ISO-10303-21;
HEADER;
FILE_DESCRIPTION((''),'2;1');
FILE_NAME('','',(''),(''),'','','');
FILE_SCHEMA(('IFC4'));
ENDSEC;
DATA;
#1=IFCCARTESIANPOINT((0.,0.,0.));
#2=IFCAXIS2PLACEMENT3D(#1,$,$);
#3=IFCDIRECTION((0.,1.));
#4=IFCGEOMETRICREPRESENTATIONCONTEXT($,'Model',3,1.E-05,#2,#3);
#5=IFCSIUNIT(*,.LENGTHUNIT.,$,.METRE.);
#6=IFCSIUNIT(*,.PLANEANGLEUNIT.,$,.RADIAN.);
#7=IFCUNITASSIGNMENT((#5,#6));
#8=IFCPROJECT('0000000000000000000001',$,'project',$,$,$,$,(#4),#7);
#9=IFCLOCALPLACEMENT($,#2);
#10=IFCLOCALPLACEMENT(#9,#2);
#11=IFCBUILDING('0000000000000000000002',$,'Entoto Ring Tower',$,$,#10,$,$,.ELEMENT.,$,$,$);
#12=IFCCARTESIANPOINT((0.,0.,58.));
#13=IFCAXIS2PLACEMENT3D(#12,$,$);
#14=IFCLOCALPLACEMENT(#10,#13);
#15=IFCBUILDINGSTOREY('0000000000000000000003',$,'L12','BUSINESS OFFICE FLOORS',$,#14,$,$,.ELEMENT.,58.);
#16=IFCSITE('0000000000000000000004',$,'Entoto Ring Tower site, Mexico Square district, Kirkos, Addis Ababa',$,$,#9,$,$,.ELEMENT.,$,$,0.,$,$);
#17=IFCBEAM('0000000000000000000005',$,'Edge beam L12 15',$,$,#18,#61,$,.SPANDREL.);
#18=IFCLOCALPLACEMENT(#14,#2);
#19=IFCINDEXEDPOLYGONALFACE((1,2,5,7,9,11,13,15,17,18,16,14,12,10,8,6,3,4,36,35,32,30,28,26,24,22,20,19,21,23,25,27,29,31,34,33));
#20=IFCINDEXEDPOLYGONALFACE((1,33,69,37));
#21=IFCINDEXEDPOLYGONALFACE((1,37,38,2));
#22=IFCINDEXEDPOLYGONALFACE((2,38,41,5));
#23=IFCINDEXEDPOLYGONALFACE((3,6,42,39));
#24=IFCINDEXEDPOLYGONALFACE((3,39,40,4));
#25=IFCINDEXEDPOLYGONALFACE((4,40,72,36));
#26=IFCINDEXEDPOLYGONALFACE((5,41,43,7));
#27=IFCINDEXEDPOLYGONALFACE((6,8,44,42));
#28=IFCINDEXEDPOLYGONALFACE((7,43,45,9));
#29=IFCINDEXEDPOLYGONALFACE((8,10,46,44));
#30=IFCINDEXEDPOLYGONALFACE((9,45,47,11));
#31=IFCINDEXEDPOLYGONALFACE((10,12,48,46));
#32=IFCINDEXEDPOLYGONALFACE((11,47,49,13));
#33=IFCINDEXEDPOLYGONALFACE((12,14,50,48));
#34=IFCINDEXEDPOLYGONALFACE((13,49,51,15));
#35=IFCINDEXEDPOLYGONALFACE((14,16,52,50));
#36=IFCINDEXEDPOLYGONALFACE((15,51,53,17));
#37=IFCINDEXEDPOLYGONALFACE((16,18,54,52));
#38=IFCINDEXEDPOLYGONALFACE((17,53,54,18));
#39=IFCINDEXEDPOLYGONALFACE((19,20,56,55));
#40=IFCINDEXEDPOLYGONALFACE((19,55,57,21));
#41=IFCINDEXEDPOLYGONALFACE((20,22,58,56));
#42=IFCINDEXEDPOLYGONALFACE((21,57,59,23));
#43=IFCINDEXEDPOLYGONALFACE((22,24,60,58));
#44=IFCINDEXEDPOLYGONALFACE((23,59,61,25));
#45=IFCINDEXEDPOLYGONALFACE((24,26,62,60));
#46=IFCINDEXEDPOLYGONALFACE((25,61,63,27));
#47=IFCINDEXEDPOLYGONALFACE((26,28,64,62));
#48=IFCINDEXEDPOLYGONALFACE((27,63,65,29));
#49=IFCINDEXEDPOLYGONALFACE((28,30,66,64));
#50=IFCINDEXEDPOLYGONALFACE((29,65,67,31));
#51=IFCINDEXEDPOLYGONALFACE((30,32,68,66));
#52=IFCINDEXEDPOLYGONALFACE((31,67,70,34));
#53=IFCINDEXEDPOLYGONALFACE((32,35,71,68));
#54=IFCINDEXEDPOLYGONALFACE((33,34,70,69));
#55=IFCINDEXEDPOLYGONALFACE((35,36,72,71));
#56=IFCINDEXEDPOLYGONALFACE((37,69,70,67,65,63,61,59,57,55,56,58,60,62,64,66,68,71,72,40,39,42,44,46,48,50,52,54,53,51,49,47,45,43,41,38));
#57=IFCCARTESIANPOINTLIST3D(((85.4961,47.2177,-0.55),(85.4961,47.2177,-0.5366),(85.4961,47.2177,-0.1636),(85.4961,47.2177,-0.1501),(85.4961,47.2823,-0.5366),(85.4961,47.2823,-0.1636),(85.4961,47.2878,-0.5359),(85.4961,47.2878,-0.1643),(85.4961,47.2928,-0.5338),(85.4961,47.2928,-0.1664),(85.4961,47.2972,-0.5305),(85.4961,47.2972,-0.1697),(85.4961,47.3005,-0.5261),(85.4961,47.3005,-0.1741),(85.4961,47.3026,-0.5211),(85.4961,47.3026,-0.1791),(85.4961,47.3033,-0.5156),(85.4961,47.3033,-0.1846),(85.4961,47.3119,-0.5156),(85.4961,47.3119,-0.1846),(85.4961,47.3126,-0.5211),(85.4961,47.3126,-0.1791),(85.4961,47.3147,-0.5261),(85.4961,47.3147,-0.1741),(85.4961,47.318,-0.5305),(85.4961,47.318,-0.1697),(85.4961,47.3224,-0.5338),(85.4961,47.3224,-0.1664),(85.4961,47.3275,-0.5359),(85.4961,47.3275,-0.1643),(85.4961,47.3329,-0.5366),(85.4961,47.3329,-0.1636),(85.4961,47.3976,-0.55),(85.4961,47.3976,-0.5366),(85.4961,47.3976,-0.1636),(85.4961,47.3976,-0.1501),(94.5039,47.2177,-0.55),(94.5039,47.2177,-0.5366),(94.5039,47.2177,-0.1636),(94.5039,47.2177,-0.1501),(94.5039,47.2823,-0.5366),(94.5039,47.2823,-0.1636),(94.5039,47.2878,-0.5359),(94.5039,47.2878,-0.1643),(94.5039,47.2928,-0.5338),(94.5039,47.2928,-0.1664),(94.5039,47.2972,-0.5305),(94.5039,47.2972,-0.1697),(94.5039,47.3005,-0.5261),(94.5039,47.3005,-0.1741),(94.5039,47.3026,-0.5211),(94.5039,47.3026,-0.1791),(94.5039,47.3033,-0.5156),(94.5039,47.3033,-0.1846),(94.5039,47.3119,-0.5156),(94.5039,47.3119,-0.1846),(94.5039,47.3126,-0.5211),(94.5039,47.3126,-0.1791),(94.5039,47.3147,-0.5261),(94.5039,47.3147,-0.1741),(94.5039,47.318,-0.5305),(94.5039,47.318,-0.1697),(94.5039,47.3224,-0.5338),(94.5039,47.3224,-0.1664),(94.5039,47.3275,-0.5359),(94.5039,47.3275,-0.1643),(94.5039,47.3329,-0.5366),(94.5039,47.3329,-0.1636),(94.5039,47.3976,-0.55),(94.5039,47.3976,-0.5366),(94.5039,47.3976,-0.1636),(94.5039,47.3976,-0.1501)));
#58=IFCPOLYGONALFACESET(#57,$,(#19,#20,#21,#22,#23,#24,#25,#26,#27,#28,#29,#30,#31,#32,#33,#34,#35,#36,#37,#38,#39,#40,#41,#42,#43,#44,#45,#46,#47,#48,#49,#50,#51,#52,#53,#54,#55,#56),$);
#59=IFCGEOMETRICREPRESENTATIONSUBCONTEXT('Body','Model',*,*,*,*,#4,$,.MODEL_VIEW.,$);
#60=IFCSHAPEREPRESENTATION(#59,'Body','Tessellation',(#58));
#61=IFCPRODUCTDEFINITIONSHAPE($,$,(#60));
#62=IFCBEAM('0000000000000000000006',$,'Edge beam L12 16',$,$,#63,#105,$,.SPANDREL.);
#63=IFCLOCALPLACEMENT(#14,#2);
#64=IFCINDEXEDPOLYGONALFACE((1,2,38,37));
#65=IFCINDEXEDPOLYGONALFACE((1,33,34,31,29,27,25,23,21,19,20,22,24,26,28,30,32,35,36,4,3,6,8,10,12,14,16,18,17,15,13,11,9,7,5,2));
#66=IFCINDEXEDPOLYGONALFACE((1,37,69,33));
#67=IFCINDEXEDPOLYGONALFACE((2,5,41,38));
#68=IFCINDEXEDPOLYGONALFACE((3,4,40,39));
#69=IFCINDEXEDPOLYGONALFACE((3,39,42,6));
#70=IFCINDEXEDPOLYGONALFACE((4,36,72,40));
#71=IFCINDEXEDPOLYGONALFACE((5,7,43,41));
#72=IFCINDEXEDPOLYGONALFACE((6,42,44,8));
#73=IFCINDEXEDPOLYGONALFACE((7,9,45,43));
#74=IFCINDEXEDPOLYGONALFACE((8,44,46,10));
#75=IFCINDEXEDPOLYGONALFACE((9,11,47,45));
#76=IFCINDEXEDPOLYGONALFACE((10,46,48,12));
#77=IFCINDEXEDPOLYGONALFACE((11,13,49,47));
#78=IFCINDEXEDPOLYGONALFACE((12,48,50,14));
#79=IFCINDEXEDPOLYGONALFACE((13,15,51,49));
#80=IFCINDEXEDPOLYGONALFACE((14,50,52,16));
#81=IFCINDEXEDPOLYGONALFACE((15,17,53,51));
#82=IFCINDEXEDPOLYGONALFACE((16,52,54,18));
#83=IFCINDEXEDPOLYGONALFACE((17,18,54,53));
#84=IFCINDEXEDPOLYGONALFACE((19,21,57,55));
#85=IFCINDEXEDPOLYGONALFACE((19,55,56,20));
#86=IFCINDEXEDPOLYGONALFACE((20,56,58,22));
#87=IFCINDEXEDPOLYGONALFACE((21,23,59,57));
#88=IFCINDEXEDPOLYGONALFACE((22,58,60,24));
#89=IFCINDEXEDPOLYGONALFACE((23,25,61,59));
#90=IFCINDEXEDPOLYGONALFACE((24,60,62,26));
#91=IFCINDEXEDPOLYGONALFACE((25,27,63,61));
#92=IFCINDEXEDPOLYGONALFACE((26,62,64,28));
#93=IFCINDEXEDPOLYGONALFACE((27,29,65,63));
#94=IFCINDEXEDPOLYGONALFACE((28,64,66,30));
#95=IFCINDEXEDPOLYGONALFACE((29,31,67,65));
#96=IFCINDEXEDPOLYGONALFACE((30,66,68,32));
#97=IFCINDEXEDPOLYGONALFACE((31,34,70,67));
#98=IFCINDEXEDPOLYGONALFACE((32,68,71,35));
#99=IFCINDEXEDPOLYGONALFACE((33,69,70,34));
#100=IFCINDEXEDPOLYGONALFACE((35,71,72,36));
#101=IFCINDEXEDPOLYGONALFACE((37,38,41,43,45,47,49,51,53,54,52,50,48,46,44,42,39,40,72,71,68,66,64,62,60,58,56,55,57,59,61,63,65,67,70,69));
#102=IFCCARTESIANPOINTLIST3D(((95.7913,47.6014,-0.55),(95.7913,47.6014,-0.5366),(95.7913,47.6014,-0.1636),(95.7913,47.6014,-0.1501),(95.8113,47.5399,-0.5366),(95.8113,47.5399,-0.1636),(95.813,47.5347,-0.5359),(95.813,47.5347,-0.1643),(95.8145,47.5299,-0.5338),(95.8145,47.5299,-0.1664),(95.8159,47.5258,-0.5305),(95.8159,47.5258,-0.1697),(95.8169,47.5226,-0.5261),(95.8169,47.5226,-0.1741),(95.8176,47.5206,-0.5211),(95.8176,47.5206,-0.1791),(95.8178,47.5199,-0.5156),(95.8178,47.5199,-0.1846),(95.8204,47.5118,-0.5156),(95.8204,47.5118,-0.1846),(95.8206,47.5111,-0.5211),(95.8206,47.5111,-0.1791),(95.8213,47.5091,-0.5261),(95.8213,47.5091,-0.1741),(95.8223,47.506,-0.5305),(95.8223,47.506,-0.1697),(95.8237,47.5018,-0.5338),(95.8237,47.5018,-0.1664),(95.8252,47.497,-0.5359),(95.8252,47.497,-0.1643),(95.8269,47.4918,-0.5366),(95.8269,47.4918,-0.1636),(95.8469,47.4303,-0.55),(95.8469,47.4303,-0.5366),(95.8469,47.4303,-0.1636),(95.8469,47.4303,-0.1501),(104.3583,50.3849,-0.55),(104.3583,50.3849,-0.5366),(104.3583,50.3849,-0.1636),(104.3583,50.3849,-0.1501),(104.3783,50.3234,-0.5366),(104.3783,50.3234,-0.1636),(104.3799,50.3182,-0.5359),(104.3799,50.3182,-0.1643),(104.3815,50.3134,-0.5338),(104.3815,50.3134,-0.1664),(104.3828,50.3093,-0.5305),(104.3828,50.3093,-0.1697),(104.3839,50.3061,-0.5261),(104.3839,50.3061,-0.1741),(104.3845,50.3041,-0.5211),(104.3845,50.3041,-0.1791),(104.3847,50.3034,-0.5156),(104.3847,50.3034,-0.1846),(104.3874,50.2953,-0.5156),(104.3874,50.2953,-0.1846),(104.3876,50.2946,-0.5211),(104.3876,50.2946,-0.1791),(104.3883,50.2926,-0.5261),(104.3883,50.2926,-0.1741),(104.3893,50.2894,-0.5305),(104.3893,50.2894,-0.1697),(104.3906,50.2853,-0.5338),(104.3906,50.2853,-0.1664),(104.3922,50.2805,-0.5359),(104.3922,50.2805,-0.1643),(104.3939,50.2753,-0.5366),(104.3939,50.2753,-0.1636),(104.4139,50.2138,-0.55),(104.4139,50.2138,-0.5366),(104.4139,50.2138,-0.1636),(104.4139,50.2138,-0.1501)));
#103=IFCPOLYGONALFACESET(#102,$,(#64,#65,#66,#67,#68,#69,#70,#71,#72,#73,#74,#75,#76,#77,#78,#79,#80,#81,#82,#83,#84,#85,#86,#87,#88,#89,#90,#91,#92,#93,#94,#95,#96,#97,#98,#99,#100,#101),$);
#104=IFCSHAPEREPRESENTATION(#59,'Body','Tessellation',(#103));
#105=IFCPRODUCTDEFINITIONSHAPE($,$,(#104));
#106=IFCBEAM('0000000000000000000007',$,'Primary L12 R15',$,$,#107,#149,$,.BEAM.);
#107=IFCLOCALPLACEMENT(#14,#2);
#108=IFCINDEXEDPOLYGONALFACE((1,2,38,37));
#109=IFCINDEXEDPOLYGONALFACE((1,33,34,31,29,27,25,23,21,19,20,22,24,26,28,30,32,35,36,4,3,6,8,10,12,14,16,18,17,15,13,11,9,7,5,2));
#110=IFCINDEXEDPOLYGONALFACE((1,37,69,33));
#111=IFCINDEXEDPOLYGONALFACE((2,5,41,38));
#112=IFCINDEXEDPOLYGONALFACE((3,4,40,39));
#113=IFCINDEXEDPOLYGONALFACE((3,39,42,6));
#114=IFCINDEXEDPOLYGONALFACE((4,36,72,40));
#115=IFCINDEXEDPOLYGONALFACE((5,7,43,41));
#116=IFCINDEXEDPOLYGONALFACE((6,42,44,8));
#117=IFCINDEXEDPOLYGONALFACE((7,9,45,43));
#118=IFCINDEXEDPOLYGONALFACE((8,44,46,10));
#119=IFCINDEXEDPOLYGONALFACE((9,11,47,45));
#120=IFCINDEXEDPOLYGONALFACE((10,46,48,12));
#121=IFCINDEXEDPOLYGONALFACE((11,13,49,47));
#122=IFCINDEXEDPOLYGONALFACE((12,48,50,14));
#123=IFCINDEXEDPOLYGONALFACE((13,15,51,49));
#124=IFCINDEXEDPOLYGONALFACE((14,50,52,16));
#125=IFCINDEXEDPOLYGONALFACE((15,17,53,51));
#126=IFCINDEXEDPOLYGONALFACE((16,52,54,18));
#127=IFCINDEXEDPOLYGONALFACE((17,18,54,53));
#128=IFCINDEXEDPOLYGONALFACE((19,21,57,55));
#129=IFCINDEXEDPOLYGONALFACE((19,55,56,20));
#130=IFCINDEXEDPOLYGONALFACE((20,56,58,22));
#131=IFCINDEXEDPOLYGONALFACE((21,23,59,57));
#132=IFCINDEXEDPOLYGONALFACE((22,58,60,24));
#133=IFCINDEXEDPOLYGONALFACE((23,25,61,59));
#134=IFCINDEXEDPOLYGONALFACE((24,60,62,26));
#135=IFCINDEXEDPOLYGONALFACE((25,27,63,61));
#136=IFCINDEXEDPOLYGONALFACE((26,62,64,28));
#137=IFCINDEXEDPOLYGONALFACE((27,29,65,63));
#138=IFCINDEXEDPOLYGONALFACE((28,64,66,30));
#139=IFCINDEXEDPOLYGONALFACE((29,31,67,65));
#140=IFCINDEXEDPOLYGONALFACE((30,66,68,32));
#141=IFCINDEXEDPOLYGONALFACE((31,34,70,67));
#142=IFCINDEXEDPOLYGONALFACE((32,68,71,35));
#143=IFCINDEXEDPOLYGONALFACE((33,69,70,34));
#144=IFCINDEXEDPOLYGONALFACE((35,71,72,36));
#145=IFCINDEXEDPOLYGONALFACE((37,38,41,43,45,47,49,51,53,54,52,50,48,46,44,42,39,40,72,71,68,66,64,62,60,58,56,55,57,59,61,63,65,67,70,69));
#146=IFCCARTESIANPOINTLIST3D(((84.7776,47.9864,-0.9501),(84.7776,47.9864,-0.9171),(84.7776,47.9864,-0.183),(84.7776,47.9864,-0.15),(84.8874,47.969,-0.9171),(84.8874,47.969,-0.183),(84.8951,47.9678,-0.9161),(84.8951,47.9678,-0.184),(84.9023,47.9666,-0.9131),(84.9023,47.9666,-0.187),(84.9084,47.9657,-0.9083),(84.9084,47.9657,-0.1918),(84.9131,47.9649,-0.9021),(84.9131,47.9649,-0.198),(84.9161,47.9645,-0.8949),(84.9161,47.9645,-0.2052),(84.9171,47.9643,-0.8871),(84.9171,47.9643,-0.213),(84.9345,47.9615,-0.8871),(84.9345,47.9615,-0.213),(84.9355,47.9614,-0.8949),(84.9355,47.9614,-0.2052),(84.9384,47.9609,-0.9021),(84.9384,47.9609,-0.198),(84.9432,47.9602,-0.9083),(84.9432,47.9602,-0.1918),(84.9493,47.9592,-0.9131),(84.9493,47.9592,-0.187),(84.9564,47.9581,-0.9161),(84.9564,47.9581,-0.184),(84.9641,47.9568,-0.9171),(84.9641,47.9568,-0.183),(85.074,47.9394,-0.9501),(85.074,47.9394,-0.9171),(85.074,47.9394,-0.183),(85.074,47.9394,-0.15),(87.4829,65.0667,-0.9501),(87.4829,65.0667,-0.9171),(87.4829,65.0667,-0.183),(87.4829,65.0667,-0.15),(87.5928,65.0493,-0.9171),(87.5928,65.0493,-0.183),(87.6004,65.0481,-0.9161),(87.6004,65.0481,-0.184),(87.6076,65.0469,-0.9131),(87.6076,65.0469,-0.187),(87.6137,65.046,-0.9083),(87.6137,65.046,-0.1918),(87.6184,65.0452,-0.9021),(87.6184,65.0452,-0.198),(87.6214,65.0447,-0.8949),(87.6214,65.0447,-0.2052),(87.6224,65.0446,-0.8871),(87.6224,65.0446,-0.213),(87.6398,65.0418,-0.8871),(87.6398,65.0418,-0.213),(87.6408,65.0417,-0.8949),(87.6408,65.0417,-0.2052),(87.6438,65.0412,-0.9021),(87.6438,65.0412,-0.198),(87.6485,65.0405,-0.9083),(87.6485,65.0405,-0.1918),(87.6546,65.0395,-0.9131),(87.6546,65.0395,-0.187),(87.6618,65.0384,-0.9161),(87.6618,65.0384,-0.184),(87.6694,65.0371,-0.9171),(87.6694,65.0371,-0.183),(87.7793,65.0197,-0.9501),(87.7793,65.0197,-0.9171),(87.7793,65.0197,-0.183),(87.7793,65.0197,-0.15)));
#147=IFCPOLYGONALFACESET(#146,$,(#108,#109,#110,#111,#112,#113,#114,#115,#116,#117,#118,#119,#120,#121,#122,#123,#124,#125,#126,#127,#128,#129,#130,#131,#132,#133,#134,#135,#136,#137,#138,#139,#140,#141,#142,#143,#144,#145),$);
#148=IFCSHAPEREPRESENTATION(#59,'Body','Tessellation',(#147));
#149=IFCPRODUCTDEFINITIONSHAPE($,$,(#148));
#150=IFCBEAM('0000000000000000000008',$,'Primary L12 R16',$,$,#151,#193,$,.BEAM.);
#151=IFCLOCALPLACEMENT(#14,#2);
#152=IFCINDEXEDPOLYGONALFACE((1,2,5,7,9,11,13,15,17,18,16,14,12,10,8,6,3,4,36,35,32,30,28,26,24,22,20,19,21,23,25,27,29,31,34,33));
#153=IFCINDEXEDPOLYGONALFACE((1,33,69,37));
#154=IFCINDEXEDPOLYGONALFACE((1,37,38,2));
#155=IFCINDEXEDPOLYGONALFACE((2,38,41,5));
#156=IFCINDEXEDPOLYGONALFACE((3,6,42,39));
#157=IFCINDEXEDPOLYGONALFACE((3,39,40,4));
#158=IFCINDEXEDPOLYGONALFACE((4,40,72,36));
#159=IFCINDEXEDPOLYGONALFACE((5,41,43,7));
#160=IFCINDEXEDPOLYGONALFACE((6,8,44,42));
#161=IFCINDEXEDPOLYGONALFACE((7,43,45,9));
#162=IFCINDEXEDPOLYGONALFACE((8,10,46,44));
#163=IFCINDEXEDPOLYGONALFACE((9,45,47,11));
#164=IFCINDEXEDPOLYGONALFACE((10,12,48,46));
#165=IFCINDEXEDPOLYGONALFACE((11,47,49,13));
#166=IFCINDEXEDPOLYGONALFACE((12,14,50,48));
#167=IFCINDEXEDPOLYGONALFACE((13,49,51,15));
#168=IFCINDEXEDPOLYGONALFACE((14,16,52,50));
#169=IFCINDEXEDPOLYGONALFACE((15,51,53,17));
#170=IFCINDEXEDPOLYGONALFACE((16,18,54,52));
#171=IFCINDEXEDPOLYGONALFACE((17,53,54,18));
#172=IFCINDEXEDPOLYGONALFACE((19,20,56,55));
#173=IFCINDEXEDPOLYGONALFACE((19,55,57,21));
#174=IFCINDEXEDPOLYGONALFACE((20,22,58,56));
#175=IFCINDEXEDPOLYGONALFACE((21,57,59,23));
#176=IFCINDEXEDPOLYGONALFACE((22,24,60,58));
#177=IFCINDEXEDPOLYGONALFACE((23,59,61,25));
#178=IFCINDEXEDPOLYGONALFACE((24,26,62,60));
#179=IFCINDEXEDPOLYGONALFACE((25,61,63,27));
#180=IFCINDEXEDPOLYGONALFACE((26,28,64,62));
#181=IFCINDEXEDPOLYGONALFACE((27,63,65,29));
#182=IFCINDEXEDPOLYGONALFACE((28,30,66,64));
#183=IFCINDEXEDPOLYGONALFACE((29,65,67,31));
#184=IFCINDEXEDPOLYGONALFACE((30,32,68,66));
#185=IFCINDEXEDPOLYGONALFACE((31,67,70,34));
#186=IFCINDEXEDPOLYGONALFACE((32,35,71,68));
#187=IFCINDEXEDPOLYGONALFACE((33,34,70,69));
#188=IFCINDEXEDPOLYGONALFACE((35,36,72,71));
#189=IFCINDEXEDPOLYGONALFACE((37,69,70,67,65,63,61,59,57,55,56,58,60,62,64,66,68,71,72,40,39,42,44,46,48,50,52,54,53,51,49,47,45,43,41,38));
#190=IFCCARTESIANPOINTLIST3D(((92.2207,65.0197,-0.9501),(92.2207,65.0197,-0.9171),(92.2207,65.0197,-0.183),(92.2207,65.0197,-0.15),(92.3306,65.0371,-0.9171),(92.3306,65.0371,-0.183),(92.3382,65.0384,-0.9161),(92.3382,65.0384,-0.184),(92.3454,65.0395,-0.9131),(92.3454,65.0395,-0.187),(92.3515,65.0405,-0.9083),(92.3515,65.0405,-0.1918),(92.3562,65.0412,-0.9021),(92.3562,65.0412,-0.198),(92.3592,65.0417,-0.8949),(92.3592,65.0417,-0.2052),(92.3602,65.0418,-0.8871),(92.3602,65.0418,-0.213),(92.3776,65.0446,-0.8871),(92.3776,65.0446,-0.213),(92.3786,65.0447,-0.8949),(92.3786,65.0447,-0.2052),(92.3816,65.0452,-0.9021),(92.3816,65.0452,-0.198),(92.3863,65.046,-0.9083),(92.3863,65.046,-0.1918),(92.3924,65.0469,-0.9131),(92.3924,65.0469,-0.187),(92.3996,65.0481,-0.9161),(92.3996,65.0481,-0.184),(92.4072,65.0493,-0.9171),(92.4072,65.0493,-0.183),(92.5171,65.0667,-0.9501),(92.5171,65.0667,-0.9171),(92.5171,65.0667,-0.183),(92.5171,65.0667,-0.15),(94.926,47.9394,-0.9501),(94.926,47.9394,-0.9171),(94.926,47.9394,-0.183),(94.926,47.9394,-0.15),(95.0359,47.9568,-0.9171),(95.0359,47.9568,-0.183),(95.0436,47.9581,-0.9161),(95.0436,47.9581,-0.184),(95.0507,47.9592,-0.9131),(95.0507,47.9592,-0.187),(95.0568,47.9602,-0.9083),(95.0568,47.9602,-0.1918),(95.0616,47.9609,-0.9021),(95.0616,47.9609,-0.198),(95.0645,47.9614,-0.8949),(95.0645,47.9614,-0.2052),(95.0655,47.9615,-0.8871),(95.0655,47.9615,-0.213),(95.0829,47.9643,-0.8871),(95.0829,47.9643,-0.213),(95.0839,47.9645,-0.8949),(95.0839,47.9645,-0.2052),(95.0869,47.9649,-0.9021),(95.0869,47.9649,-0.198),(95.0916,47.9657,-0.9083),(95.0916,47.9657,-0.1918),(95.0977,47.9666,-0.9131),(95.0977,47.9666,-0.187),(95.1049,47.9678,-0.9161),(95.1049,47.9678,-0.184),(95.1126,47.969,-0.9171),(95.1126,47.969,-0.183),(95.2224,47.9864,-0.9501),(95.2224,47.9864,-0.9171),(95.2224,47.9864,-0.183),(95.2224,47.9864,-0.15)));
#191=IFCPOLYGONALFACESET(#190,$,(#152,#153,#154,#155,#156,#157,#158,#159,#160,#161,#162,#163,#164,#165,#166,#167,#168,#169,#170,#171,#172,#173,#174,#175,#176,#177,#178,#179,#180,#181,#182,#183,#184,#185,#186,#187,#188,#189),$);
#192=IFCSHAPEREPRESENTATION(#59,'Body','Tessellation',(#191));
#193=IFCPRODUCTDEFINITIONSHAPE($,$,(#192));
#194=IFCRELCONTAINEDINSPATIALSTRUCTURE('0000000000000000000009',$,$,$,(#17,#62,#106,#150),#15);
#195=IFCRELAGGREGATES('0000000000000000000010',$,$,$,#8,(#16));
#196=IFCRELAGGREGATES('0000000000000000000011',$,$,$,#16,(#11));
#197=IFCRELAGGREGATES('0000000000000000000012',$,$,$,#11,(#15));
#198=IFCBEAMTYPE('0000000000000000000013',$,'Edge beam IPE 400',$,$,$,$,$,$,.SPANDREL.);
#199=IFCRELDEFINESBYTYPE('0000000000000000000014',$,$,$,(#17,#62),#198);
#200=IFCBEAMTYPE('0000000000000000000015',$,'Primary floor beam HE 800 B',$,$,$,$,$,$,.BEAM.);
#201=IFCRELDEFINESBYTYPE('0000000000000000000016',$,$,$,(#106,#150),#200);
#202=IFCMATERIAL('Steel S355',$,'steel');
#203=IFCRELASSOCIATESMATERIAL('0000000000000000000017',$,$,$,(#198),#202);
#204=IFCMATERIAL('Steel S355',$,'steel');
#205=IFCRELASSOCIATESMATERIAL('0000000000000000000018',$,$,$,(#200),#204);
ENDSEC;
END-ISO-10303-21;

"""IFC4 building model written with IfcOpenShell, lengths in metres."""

from ifc_helpers import new_model, si_unit, direction, frame, origin, origin_2d, place, context, subcontext, project, spatial, i_section, extrude, material, material_profile, profile_set, type_object, element, save


model = new_model("IFC4")

# Units and contexts
model_context = context("Model", 3, precision=1e-05, world=origin(), true_north=direction((0.0, 1.0)))
body_context = subcontext(model_context, "Body", "Model", "MODEL_VIEW")
ifc_project = project(units=[si_unit("LENGTHUNIT", "METRE"), si_unit("PLANEANGLEUNIT", "RADIAN")], contexts=[model_context])

# Site, building, storey
site_placement = place(None, origin())
site = spatial("IfcSite", under=ifc_project, at=site_placement, Name="Entoto Ring Tower site, Mexico Square district, Kirkos, Addis Ababa", CompositionType="ELEMENT", RefElevation=0.0)
building_placement = place(site_placement, origin())
building = spatial("IfcBuilding", under=site, at=building_placement, Name="Entoto Ring Tower", CompositionType="ELEMENT")
storey_placement = place(building_placement, frame((0.0, 0.0, 58.0)))
storey = spatial("IfcBuildingStorey", under=building, at=storey_placement, Name="L12", Description="BUSINESS OFFICE FLOORS", CompositionType="ELEMENT", Elevation=58.0)

# Beams
ifc_material_1 = material(Name="Steel S355", Category="steel")
ifc_material_profile_1 = material_profile(ifc_material_1, i_section(OverallWidth=0.1799, OverallDepth=0.3999, WebThickness=0.0085, FlangeThickness=0.0134, FilletRadius=0.021, at=origin_2d()), Name="IPE 400")
ifc_profile_set_1 = profile_set([ifc_material_profile_1], Name="Steel S355")
beam_type_1 = type_object("IfcBeamType", Name="Edge beam IPE 400", PredefinedType="SPANDREL", material=ifc_profile_set_1)
for number, where, z_axis, x_axis, name in (
    (1, (85.4961, 47.3076, -0.3501), (1.0, 0.0, 0.0), (0.0, 1.0, 0.0), "Edge beam L12 15"),
    (2, (95.8191, 47.5159, -0.3501), (0.95106, 0.309006, 0.0), (-0.309006, 0.95106, 0.0), "Edge beam L12 16"),
):
    element("IfcBeam", number, at=place(storey_placement, frame(where, z_axis=z_axis, x_axis=x_axis)), inside=storey, type_object=beam_type_1, Name=name, PredefinedType="SPANDREL", context=body_context, shape_type="SweptSolid", body=[
        extrude(i_section(OverallWidth=0.1799, OverallDepth=0.3999, WebThickness=0.0085, FlangeThickness=0.0134, FilletRadius=0.021, at=origin_2d()), origin(), (0.0, 0.0, 1.0), 9.0078),
    ])
ifc_material_2 = material(Name="Steel S355", Category="steel")
ifc_material_profile_2 = material_profile(ifc_material_2, i_section(OverallWidth=0.3, OverallDepth=0.8, WebThickness=0.0176, FlangeThickness=0.033, FilletRadius=0.03, at=origin_2d()), Name="HE 800 B")
ifc_profile_set_2 = profile_set([ifc_material_profile_2], Name="Steel S355")
beam_type_2 = type_object("IfcBeamType", Name="Primary floor beam HE 800 B", PredefinedType="BEAM", material=ifc_profile_set_2)
for number, where, z_axis, x_axis, name in (
    (3, (87.6311, 65.0432, -0.55), (-0.156438, -0.987688, 0.0), (0.987688, -0.156438, 0.0), "Primary L12 R15"),
    (4, (92.3689, 65.0432, -0.55), (0.156438, -0.987688, 0.0), (0.987688, 0.156438, 0.0), "Primary L12 R16"),
):
    element("IfcBeam", number, at=place(storey_placement, frame(where, z_axis=z_axis, x_axis=x_axis)), inside=storey, type_object=beam_type_2, Name=name, PredefinedType="BEAM", context=body_context, shape_type="SweptSolid", body=[
        extrude(i_section(OverallWidth=0.3, OverallDepth=0.8, WebThickness=0.0176, FlangeThickness=0.033, FilletRadius=0.03, at=origin_2d()), origin(), (0.0, 0.0, 1.0), 17.2932),
    ])

save(model, "model.ifc")
